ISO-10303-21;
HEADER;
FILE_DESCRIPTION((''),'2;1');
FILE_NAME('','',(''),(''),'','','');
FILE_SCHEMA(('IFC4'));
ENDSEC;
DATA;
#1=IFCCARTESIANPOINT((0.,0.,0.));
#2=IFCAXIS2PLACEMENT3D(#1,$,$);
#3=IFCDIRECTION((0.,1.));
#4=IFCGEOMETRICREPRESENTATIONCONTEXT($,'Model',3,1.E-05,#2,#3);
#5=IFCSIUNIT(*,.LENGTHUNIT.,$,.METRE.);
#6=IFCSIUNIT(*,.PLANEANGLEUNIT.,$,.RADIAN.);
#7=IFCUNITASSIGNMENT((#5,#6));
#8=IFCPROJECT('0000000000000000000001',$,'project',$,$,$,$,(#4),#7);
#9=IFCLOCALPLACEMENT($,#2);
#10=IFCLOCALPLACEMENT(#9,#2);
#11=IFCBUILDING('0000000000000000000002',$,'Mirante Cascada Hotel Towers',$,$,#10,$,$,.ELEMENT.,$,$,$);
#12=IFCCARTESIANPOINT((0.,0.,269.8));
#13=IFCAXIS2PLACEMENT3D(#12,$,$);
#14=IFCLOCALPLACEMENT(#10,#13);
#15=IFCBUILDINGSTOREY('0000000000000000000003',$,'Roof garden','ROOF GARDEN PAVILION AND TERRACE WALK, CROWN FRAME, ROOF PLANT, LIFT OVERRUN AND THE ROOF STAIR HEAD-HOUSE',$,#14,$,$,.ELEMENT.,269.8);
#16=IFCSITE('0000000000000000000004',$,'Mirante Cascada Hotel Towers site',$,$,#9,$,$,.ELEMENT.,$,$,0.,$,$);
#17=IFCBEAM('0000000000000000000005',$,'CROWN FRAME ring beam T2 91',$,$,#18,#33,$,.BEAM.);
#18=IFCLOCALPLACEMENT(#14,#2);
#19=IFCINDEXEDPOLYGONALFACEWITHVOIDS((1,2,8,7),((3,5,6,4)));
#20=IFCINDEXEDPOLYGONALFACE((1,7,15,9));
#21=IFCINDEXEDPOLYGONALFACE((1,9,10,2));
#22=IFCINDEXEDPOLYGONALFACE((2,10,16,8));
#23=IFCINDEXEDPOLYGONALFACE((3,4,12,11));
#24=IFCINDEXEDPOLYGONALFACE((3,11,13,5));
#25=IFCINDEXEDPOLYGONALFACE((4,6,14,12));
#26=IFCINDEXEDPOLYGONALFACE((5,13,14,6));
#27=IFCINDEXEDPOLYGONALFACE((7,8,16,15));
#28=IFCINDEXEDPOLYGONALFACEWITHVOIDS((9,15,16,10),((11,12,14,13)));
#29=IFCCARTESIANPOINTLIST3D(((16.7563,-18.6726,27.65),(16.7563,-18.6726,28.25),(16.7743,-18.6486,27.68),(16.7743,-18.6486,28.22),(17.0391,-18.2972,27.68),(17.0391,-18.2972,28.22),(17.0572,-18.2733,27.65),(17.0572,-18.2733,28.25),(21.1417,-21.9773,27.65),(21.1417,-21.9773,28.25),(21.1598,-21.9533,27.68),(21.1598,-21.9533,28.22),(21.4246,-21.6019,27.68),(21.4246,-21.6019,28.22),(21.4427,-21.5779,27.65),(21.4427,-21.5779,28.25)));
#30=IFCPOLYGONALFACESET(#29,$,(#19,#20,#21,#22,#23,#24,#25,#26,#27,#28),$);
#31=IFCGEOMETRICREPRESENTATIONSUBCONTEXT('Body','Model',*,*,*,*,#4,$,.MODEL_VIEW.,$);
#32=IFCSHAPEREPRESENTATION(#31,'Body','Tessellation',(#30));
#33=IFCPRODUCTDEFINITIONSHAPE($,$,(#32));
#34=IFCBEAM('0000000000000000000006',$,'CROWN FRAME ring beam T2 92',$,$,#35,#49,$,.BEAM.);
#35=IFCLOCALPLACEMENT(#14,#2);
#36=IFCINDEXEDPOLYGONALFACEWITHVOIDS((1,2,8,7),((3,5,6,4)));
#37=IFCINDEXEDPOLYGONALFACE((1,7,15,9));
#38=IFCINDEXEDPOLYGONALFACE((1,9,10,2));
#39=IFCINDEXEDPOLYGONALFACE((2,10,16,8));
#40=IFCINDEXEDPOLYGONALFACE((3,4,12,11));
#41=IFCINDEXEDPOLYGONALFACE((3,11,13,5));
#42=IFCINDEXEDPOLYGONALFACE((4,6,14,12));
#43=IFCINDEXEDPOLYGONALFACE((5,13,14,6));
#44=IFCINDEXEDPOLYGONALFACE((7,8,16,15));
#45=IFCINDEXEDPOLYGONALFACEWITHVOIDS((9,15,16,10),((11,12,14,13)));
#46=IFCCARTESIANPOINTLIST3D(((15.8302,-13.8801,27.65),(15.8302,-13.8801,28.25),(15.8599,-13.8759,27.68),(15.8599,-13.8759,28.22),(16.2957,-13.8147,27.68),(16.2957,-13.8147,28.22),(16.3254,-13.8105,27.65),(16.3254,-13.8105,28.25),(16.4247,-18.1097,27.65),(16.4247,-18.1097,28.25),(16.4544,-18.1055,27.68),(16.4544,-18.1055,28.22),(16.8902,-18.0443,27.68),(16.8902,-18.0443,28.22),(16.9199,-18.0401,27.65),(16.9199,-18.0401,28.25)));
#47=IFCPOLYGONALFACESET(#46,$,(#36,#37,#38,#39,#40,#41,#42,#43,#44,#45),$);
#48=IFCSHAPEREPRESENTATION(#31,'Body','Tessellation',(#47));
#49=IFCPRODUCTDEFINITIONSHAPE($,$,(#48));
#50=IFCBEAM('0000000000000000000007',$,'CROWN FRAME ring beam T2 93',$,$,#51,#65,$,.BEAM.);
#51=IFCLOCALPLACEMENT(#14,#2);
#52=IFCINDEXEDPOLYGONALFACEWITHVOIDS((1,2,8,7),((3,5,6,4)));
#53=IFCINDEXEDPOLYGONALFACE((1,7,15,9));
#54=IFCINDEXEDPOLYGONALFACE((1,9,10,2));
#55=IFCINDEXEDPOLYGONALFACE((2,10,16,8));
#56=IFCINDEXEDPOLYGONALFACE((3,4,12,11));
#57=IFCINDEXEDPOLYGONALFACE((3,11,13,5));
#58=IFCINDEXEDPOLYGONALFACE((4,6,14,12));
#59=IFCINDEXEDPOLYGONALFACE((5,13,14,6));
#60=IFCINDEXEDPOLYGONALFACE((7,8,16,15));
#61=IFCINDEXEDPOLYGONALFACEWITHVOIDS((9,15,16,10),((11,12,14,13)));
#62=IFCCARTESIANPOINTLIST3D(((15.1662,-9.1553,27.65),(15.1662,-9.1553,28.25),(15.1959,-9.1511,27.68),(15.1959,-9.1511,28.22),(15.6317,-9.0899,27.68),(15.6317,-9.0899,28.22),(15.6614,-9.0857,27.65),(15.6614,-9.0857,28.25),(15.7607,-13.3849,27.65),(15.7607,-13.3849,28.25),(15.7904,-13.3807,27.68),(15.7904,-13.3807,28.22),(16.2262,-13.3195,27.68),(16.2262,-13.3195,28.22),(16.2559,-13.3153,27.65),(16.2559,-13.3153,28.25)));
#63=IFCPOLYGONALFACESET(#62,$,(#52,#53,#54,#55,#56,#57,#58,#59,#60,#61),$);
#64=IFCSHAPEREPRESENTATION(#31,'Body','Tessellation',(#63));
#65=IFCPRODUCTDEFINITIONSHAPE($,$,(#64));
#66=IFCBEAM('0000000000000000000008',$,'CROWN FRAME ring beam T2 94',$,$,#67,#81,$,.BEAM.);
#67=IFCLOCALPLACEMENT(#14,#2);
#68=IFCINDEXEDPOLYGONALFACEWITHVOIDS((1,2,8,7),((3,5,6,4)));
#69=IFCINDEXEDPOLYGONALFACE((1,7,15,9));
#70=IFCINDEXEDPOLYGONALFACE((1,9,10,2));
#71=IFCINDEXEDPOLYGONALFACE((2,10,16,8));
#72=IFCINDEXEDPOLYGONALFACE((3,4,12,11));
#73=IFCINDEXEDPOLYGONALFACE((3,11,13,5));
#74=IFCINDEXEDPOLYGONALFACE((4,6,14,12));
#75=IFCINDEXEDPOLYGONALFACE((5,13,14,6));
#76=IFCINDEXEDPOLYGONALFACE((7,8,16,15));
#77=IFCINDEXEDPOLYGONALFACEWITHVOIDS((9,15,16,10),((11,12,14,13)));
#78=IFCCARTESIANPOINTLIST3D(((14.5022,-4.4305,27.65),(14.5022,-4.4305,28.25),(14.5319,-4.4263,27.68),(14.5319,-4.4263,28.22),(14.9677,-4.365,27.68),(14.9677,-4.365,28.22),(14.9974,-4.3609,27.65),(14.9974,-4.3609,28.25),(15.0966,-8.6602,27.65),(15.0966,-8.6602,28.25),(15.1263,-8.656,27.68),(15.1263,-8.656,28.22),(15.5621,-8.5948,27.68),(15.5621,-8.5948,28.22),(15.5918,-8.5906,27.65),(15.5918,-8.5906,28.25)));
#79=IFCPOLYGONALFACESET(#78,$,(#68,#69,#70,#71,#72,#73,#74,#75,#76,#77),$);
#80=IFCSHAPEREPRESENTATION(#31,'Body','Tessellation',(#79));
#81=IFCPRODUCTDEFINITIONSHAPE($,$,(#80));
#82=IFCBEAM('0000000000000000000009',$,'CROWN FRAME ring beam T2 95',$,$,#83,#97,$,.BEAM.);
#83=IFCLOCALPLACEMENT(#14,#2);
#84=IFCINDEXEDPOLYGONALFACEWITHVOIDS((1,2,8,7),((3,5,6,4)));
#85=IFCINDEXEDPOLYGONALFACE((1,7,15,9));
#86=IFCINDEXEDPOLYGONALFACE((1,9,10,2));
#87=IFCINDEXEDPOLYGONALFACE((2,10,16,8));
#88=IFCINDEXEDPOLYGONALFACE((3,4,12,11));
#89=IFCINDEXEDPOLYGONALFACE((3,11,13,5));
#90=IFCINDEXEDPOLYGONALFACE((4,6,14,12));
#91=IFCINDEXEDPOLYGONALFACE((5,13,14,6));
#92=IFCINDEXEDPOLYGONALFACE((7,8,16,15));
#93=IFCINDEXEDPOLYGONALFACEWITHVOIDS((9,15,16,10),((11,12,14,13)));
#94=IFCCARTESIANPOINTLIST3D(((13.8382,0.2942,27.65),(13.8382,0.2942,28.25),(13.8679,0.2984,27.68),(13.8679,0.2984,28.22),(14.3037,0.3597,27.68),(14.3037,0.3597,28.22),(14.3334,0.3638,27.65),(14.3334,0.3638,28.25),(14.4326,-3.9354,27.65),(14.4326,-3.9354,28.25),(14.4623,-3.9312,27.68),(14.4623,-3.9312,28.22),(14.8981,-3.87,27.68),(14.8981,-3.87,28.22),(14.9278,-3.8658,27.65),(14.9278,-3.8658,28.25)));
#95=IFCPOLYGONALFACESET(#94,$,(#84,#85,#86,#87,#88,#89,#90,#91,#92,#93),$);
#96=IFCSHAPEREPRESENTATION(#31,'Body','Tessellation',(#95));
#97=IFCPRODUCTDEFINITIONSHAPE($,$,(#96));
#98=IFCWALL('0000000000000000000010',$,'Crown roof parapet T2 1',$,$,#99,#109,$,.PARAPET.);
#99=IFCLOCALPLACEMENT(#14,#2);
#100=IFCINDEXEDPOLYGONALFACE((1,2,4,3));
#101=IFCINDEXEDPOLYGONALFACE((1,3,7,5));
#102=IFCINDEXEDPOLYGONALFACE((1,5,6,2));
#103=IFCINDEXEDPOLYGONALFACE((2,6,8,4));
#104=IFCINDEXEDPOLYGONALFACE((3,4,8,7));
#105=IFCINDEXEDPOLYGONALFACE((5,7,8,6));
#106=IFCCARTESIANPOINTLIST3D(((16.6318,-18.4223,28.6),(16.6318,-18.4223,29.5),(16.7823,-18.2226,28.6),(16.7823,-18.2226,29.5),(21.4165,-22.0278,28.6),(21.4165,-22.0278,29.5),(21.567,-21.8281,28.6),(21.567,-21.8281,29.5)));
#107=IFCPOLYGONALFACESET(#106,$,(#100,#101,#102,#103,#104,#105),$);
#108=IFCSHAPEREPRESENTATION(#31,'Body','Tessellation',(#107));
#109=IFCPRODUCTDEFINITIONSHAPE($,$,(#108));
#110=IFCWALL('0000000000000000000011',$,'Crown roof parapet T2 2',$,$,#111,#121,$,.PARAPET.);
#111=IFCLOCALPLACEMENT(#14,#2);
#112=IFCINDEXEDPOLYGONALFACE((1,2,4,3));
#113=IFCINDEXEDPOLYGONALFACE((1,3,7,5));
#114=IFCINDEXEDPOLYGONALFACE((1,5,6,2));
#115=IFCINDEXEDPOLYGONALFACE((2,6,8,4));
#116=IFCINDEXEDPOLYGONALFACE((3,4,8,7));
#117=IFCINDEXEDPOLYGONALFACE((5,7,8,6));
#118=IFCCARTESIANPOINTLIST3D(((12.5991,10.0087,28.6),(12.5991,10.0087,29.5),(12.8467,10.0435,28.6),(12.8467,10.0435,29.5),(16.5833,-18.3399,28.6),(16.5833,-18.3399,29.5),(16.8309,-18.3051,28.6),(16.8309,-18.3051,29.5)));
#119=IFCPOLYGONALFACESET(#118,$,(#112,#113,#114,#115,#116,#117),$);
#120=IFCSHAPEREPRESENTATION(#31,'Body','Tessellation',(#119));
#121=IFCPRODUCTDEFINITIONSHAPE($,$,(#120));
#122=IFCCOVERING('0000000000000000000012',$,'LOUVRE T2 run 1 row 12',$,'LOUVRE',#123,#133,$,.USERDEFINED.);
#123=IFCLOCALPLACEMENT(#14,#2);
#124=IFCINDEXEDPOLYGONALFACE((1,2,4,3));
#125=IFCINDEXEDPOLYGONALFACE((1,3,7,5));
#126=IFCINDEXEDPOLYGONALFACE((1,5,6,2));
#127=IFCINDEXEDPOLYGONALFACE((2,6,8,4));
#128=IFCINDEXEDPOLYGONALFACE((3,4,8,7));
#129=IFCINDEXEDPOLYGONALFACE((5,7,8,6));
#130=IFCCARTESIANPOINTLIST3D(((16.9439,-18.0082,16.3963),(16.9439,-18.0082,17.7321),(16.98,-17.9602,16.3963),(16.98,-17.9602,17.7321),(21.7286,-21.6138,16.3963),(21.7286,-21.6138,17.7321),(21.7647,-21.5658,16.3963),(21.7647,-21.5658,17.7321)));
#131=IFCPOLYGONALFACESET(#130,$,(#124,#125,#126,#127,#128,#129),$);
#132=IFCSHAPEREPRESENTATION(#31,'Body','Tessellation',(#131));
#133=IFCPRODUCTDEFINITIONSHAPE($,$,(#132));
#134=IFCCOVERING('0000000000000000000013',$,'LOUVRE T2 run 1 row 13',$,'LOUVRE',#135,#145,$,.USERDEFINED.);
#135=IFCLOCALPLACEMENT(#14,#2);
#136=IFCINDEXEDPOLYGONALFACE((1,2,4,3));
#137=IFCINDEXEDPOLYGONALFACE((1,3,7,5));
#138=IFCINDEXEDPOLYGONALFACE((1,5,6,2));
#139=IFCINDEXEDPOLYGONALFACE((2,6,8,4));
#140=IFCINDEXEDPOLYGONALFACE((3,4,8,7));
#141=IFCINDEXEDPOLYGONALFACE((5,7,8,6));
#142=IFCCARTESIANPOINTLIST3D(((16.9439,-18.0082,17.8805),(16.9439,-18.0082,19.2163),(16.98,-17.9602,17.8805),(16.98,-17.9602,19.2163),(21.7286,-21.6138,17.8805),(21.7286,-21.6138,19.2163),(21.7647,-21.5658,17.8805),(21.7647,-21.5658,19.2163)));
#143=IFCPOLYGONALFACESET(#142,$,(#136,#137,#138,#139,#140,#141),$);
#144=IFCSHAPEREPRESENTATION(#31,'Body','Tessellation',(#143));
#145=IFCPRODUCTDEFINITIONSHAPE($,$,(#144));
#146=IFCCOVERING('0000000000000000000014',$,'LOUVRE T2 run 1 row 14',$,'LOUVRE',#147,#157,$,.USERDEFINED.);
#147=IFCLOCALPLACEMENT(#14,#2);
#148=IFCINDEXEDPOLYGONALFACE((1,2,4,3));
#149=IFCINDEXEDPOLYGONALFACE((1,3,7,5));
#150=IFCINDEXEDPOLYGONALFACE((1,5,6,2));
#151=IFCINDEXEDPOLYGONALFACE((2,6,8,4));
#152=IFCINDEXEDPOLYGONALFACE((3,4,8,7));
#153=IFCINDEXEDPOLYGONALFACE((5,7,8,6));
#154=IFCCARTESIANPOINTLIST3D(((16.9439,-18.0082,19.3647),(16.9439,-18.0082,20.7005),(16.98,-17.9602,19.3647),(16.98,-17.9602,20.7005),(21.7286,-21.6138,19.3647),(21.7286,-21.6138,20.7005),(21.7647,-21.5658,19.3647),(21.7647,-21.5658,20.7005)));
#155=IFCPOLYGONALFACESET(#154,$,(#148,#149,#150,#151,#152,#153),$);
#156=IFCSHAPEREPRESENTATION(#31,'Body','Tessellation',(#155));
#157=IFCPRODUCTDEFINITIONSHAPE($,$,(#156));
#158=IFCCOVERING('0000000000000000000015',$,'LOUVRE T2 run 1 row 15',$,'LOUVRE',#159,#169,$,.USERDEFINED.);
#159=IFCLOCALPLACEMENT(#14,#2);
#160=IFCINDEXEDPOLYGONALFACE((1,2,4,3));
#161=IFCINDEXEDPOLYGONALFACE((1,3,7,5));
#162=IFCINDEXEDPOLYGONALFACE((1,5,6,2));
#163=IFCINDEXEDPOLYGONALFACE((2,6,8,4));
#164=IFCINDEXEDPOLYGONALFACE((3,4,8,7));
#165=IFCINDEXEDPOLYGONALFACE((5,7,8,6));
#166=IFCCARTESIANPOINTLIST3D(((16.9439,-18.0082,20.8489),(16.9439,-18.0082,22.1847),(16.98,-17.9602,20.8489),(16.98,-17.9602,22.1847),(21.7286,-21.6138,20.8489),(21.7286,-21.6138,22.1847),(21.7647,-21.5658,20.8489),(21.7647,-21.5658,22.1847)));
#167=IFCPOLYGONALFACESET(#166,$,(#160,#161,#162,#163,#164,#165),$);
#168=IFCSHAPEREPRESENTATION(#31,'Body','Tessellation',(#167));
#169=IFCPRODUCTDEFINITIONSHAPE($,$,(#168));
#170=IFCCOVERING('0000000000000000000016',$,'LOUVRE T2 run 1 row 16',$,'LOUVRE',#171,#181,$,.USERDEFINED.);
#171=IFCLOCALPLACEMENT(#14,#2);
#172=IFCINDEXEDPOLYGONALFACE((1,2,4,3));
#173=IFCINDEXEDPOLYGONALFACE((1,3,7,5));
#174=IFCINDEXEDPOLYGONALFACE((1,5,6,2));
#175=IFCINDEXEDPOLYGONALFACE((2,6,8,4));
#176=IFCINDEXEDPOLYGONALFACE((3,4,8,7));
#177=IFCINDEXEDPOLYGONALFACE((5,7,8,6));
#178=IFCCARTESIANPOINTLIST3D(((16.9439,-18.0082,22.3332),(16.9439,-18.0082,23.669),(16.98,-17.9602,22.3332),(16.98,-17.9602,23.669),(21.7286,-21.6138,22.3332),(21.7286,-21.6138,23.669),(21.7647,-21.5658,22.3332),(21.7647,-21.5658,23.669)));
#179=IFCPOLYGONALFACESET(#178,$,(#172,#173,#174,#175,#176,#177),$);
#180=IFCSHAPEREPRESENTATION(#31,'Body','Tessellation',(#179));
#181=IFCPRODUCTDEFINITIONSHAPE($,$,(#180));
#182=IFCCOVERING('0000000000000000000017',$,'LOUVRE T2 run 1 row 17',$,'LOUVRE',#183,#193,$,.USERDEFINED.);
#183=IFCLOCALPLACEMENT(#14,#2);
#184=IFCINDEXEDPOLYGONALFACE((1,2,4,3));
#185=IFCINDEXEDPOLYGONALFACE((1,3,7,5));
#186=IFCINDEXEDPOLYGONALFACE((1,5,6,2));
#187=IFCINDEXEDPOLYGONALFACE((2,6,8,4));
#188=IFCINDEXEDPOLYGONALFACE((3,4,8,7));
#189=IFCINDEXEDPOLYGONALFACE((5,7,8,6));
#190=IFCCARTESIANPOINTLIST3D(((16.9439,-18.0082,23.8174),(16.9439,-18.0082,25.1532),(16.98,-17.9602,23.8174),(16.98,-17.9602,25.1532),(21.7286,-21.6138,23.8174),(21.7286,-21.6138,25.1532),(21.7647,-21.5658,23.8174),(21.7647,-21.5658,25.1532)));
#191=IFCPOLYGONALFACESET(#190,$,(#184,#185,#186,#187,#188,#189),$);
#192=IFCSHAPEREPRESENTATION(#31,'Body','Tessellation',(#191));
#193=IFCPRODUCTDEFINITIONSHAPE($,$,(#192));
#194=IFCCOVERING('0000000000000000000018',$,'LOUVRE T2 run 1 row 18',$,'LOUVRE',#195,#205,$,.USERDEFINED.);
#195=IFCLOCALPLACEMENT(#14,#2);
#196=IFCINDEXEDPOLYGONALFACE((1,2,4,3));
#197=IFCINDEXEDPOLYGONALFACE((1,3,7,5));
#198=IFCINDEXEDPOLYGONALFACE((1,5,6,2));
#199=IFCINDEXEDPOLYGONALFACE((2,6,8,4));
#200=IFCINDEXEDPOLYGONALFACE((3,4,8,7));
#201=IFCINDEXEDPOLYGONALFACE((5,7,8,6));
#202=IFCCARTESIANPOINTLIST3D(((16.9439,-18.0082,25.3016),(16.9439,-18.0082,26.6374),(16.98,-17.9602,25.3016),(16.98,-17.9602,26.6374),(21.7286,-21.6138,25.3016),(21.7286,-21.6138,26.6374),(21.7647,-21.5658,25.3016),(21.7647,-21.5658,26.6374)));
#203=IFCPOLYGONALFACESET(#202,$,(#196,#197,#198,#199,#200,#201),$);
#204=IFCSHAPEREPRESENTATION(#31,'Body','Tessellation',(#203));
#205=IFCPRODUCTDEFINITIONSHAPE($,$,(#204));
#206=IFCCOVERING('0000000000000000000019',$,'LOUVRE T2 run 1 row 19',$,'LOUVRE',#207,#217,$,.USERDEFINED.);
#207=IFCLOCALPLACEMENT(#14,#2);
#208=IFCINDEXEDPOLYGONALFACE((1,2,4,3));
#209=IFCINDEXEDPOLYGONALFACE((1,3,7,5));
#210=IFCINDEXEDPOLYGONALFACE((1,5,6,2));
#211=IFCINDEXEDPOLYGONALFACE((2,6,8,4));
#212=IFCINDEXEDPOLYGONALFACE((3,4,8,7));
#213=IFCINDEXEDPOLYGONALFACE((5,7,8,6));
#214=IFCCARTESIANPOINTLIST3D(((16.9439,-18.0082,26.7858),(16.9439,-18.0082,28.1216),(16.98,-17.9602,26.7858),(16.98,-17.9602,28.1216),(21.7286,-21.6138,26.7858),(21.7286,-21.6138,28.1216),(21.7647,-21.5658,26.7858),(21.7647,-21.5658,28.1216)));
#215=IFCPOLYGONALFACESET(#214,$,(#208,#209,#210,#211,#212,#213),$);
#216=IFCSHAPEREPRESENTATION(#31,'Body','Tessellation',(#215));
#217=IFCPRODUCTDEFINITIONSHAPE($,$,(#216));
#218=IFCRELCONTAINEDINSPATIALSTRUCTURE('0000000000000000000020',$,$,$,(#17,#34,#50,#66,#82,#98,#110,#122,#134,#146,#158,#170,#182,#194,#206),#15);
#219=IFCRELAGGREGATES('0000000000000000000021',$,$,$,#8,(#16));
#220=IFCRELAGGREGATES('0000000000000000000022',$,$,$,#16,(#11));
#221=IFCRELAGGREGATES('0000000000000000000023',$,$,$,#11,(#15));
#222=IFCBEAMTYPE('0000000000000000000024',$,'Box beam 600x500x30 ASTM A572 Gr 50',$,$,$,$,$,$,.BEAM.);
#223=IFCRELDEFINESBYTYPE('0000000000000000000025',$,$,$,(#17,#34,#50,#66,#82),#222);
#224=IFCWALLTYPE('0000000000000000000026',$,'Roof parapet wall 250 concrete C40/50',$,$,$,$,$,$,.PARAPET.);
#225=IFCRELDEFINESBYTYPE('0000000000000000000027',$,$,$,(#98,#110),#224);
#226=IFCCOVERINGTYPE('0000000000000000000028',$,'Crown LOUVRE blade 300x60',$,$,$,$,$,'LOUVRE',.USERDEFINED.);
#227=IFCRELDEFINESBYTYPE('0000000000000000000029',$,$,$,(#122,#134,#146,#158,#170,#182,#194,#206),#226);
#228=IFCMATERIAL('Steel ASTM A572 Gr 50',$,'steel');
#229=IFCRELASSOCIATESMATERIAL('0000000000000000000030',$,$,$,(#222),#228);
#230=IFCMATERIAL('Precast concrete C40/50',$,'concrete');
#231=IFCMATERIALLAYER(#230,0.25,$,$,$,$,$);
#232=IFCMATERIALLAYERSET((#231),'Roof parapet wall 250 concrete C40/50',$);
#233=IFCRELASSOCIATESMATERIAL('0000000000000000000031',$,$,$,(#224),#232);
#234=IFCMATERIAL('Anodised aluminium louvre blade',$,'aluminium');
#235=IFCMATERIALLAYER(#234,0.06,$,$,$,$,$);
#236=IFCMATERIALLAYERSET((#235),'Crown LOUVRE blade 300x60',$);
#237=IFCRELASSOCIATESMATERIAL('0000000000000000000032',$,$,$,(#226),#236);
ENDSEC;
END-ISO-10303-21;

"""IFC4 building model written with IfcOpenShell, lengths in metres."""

from ifc_helpers import new_model, si_unit, direction, frame, frame_2d, origin, origin_2d, place, context, subcontext, project, spatial, rectangle, hollow_rectangle, extrude, material, layer, layer_set, material_profile, profile_set, type_object, element, save


model = new_model("IFC4")

# Units and contexts
model_context = context("Model", 3, precision=1e-05, world=origin(), true_north=direction((0.0, 1.0)))
body_context = subcontext(model_context, "Body", "Model", "MODEL_VIEW")
ifc_project = project(units=[si_unit("LENGTHUNIT", "METRE"), si_unit("PLANEANGLEUNIT", "RADIAN")], contexts=[model_context])

# Site, building, storey
site_placement = place(None, origin())
site = spatial("IfcSite", under=ifc_project, at=site_placement, Name="Mirante Cascada Hotel Towers site", CompositionType="ELEMENT", RefElevation=0.0)
building_placement = place(site_placement, origin())
building = spatial("IfcBuilding", under=site, at=building_placement, Name="Mirante Cascada Hotel Towers", CompositionType="ELEMENT")
storey_placement = place(building_placement, frame((0.0, 0.0, 269.8)))
storey = spatial("IfcBuildingStorey", under=building, at=storey_placement, Name="Roof garden", Description="ROOF GARDEN PAVILION AND TERRACE WALK, CROWN FRAME, ROOF PLANT, LIFT OVERRUN AND THE ROOF STAIR HEAD-HOUSE", CompositionType="ELEMENT", Elevation=269.8)

# Beams
ifc_material_1 = material(Name="Steel ASTM A572 Gr 50", Category="steel")
ifc_material_profile_1 = material_profile(ifc_material_1, hollow_rectangle(XDim=0.5, YDim=0.6, WallThickness=0.03, at=origin_2d()), Name="Box beam 600x500x30 ASTM A572 Gr 50")
ifc_profile_set_1 = profile_set([ifc_material_profile_1], Name="Steel ASTM A572 Gr 50")
beam_type = type_object("IfcBeamType", Name="Box beam 600x500x30 ASTM A572 Gr 50", PredefinedType="BEAM", material=ifc_profile_set_1)
beam_1_placement = place(storey_placement, frame((21.2922, -21.7776, 27.95), z_axis=(-0.798636, 0.601814, 0.0), x_axis=(-0.601814, -0.798636, 0.0)))
element("IfcBeam", 1, at=beam_1_placement, inside=storey, type_object=beam_type, Name="CROWN FRAME ring beam T2 91", PredefinedType="BEAM", context=body_context, shape_type="SweptSolid", body=[
    extrude(hollow_rectangle(XDim=0.5, YDim=0.6, WallThickness=0.03, at=origin_2d()), origin(), (0.0, 0.0, 1.0), 5.4912),
])
for number, where, z_axis, x_axis, name in (
    (2, (16.6723, -18.0749, 27.95), (-0.139189, 0.990266, 0.0), (-0.990266, -0.139189, 0.0), "CROWN FRAME ring beam T2 92"),
    (3, (16.0083, -13.3501, 27.95), (-0.139189, 0.990266, 0.0), (-0.990266, -0.139189, 0.0), "CROWN FRAME ring beam T2 93"),
):
    element("IfcBeam", number, at=place(storey_placement, frame(where, z_axis=z_axis, x_axis=x_axis)), inside=storey, type_object=beam_type, Name=name, PredefinedType="BEAM", context=body_context, shape_type="SweptSolid", body=[
        extrude(hollow_rectangle(XDim=0.5, YDim=0.6, WallThickness=0.03, at=origin_2d()), origin(), (0.0, 0.0, 1.0), 4.2712),
    ])
beam_2_placement = place(storey_placement, frame((15.3442, -8.6254, 27.95), z_axis=(-0.139163, 0.99027, 0.0), x_axis=(-0.99027, -0.139163, 0.0)))
element("IfcBeam", 4, at=beam_2_placement, inside=storey, type_object=beam_type, Name="CROWN FRAME ring beam T2 94", PredefinedType="BEAM", context=body_context, shape_type="SweptSolid", body=[
    extrude(hollow_rectangle(XDim=0.5, YDim=0.6, WallThickness=0.03, at=origin_2d()), origin(), (0.0, 0.0, 1.0), 4.2713),
])
beam_3_placement = place(storey_placement, frame((14.6802, -3.9006, 27.95), z_axis=(-0.139166, 0.990269, 0.0), x_axis=(-0.990269, -0.139166, 0.0)))
element("IfcBeam", 5, at=beam_3_placement, inside=storey, type_object=beam_type, Name="CROWN FRAME ring beam T2 95", PredefinedType="BEAM", context=body_context, shape_type="SweptSolid", body=[
    extrude(hollow_rectangle(XDim=0.5, YDim=0.6, WallThickness=0.03, at=origin_2d()), origin(), (0.0, 0.0, 1.0), 4.2712),
])

# Walls
ifc_material_2 = material(Name="Precast concrete C40/50", Category="concrete")
ifc_layer_1 = layer(ifc_material_2, 0.25)
ifc_layer_set_1 = layer_set([ifc_layer_1], Name="Roof parapet wall 250 concrete C40/50")
wall_type = type_object("IfcWallType", Name="Roof parapet wall 250 concrete C40/50", PredefinedType="PARAPET", material=ifc_layer_set_1)
wall_1_placement = place(storey_placement, frame((21.4918, -21.928, 28.6), z_axis=(0.0, 0.0, 1.0), x_axis=(-0.798638, 0.601812, 0.0)))
element("IfcWall", 6, at=wall_1_placement, inside=storey, type_object=wall_type, Name="Crown roof parapet T2 1", PredefinedType="PARAPET", context=body_context, shape_type="SweptSolid", body=[
    extrude(rectangle(XDim=5.9911, YDim=0.25, at=frame_2d((2.9956, 0.0))), origin(), (0.0, 0.0, 1.0), 0.9),
])
wall_2_placement = place(storey_placement, frame((16.7071, -18.3225, 28.6), z_axis=(0.0, 0.0, 1.0), x_axis=(-0.139175, 0.990268, 0.0)))
element("IfcWall", 7, at=wall_2_placement, inside=storey, type_object=wall_type, Name="Crown roof parapet T2 2", PredefinedType="PARAPET", context=body_context, shape_type="SweptSolid", body=[
    extrude(rectangle(XDim=28.6272, YDim=0.25, at=frame_2d((14.3136, 0.0))), origin(), (0.0, 0.0, 1.0), 0.9),
])

# Coverings
ifc_material_3 = material(Name="Anodised aluminium louvre blade", Category="aluminium")
ifc_layer_2 = layer(ifc_material_3, 0.06)
ifc_layer_set_2 = layer_set([ifc_layer_2], Name="Crown LOUVRE blade 300x60")
covering_type_1 = type_object("IfcCoveringType", Name="Crown LOUVRE blade 300x60", ElementType="LOUVRE", PredefinedType="USERDEFINED", material=ifc_layer_set_2)
for number, where, z_axis, x_axis, name in (
    (8, (19.3543, -19.787, 16.3963), (0.0, 0.0, 1.0), (-0.798636, 0.601815, 0.0), "LOUVRE T2 run 1 row 12"),
    (9, (19.3543, -19.787, 17.8805), (0.0, 0.0, 1.0), (-0.798636, 0.601815, 0.0), "LOUVRE T2 run 1 row 13"),
    (10, (19.3543, -19.787, 19.3647), (0.0, 0.0, 1.0), (-0.798636, 0.601815, 0.0), "LOUVRE T2 run 1 row 14"),
    (11, (19.3543, -19.787, 20.8489), (0.0, 0.0, 1.0), (-0.798636, 0.601815, 0.0), "LOUVRE T2 run 1 row 15"),
    (12, (19.3543, -19.787, 22.3332), (0.0, 0.0, 1.0), (-0.798636, 0.601815, 0.0), "LOUVRE T2 run 1 row 16"),
    (13, (19.3543, -19.787, 23.8174), (0.0, 0.0, 1.0), (-0.798636, 0.601815, 0.0), "LOUVRE T2 run 1 row 17"),
    (14, (19.3543, -19.787, 25.3016), (0.0, 0.0, 1.0), (-0.798636, 0.601815, 0.0), "LOUVRE T2 run 1 row 18"),
    (15, (19.3543, -19.787, 26.7858), (0.0, 0.0, 1.0), (-0.798636, 0.601815, 0.0), "LOUVRE T2 run 1 row 19"),
):
    element("IfcCovering", number, at=place(storey_placement, frame(where, z_axis=z_axis, x_axis=x_axis)), inside=storey, type_object=covering_type_1, Name=name, ObjectType="LOUVRE", PredefinedType="USERDEFINED", context=body_context, shape_type="SweptSolid", body=[
        extrude(rectangle(XDim=5.9912, YDim=0.06, at=origin_2d()), origin(), (0.0, 0.0, 1.0), 1.3358),
    ])

save(model, "model.ifc")
